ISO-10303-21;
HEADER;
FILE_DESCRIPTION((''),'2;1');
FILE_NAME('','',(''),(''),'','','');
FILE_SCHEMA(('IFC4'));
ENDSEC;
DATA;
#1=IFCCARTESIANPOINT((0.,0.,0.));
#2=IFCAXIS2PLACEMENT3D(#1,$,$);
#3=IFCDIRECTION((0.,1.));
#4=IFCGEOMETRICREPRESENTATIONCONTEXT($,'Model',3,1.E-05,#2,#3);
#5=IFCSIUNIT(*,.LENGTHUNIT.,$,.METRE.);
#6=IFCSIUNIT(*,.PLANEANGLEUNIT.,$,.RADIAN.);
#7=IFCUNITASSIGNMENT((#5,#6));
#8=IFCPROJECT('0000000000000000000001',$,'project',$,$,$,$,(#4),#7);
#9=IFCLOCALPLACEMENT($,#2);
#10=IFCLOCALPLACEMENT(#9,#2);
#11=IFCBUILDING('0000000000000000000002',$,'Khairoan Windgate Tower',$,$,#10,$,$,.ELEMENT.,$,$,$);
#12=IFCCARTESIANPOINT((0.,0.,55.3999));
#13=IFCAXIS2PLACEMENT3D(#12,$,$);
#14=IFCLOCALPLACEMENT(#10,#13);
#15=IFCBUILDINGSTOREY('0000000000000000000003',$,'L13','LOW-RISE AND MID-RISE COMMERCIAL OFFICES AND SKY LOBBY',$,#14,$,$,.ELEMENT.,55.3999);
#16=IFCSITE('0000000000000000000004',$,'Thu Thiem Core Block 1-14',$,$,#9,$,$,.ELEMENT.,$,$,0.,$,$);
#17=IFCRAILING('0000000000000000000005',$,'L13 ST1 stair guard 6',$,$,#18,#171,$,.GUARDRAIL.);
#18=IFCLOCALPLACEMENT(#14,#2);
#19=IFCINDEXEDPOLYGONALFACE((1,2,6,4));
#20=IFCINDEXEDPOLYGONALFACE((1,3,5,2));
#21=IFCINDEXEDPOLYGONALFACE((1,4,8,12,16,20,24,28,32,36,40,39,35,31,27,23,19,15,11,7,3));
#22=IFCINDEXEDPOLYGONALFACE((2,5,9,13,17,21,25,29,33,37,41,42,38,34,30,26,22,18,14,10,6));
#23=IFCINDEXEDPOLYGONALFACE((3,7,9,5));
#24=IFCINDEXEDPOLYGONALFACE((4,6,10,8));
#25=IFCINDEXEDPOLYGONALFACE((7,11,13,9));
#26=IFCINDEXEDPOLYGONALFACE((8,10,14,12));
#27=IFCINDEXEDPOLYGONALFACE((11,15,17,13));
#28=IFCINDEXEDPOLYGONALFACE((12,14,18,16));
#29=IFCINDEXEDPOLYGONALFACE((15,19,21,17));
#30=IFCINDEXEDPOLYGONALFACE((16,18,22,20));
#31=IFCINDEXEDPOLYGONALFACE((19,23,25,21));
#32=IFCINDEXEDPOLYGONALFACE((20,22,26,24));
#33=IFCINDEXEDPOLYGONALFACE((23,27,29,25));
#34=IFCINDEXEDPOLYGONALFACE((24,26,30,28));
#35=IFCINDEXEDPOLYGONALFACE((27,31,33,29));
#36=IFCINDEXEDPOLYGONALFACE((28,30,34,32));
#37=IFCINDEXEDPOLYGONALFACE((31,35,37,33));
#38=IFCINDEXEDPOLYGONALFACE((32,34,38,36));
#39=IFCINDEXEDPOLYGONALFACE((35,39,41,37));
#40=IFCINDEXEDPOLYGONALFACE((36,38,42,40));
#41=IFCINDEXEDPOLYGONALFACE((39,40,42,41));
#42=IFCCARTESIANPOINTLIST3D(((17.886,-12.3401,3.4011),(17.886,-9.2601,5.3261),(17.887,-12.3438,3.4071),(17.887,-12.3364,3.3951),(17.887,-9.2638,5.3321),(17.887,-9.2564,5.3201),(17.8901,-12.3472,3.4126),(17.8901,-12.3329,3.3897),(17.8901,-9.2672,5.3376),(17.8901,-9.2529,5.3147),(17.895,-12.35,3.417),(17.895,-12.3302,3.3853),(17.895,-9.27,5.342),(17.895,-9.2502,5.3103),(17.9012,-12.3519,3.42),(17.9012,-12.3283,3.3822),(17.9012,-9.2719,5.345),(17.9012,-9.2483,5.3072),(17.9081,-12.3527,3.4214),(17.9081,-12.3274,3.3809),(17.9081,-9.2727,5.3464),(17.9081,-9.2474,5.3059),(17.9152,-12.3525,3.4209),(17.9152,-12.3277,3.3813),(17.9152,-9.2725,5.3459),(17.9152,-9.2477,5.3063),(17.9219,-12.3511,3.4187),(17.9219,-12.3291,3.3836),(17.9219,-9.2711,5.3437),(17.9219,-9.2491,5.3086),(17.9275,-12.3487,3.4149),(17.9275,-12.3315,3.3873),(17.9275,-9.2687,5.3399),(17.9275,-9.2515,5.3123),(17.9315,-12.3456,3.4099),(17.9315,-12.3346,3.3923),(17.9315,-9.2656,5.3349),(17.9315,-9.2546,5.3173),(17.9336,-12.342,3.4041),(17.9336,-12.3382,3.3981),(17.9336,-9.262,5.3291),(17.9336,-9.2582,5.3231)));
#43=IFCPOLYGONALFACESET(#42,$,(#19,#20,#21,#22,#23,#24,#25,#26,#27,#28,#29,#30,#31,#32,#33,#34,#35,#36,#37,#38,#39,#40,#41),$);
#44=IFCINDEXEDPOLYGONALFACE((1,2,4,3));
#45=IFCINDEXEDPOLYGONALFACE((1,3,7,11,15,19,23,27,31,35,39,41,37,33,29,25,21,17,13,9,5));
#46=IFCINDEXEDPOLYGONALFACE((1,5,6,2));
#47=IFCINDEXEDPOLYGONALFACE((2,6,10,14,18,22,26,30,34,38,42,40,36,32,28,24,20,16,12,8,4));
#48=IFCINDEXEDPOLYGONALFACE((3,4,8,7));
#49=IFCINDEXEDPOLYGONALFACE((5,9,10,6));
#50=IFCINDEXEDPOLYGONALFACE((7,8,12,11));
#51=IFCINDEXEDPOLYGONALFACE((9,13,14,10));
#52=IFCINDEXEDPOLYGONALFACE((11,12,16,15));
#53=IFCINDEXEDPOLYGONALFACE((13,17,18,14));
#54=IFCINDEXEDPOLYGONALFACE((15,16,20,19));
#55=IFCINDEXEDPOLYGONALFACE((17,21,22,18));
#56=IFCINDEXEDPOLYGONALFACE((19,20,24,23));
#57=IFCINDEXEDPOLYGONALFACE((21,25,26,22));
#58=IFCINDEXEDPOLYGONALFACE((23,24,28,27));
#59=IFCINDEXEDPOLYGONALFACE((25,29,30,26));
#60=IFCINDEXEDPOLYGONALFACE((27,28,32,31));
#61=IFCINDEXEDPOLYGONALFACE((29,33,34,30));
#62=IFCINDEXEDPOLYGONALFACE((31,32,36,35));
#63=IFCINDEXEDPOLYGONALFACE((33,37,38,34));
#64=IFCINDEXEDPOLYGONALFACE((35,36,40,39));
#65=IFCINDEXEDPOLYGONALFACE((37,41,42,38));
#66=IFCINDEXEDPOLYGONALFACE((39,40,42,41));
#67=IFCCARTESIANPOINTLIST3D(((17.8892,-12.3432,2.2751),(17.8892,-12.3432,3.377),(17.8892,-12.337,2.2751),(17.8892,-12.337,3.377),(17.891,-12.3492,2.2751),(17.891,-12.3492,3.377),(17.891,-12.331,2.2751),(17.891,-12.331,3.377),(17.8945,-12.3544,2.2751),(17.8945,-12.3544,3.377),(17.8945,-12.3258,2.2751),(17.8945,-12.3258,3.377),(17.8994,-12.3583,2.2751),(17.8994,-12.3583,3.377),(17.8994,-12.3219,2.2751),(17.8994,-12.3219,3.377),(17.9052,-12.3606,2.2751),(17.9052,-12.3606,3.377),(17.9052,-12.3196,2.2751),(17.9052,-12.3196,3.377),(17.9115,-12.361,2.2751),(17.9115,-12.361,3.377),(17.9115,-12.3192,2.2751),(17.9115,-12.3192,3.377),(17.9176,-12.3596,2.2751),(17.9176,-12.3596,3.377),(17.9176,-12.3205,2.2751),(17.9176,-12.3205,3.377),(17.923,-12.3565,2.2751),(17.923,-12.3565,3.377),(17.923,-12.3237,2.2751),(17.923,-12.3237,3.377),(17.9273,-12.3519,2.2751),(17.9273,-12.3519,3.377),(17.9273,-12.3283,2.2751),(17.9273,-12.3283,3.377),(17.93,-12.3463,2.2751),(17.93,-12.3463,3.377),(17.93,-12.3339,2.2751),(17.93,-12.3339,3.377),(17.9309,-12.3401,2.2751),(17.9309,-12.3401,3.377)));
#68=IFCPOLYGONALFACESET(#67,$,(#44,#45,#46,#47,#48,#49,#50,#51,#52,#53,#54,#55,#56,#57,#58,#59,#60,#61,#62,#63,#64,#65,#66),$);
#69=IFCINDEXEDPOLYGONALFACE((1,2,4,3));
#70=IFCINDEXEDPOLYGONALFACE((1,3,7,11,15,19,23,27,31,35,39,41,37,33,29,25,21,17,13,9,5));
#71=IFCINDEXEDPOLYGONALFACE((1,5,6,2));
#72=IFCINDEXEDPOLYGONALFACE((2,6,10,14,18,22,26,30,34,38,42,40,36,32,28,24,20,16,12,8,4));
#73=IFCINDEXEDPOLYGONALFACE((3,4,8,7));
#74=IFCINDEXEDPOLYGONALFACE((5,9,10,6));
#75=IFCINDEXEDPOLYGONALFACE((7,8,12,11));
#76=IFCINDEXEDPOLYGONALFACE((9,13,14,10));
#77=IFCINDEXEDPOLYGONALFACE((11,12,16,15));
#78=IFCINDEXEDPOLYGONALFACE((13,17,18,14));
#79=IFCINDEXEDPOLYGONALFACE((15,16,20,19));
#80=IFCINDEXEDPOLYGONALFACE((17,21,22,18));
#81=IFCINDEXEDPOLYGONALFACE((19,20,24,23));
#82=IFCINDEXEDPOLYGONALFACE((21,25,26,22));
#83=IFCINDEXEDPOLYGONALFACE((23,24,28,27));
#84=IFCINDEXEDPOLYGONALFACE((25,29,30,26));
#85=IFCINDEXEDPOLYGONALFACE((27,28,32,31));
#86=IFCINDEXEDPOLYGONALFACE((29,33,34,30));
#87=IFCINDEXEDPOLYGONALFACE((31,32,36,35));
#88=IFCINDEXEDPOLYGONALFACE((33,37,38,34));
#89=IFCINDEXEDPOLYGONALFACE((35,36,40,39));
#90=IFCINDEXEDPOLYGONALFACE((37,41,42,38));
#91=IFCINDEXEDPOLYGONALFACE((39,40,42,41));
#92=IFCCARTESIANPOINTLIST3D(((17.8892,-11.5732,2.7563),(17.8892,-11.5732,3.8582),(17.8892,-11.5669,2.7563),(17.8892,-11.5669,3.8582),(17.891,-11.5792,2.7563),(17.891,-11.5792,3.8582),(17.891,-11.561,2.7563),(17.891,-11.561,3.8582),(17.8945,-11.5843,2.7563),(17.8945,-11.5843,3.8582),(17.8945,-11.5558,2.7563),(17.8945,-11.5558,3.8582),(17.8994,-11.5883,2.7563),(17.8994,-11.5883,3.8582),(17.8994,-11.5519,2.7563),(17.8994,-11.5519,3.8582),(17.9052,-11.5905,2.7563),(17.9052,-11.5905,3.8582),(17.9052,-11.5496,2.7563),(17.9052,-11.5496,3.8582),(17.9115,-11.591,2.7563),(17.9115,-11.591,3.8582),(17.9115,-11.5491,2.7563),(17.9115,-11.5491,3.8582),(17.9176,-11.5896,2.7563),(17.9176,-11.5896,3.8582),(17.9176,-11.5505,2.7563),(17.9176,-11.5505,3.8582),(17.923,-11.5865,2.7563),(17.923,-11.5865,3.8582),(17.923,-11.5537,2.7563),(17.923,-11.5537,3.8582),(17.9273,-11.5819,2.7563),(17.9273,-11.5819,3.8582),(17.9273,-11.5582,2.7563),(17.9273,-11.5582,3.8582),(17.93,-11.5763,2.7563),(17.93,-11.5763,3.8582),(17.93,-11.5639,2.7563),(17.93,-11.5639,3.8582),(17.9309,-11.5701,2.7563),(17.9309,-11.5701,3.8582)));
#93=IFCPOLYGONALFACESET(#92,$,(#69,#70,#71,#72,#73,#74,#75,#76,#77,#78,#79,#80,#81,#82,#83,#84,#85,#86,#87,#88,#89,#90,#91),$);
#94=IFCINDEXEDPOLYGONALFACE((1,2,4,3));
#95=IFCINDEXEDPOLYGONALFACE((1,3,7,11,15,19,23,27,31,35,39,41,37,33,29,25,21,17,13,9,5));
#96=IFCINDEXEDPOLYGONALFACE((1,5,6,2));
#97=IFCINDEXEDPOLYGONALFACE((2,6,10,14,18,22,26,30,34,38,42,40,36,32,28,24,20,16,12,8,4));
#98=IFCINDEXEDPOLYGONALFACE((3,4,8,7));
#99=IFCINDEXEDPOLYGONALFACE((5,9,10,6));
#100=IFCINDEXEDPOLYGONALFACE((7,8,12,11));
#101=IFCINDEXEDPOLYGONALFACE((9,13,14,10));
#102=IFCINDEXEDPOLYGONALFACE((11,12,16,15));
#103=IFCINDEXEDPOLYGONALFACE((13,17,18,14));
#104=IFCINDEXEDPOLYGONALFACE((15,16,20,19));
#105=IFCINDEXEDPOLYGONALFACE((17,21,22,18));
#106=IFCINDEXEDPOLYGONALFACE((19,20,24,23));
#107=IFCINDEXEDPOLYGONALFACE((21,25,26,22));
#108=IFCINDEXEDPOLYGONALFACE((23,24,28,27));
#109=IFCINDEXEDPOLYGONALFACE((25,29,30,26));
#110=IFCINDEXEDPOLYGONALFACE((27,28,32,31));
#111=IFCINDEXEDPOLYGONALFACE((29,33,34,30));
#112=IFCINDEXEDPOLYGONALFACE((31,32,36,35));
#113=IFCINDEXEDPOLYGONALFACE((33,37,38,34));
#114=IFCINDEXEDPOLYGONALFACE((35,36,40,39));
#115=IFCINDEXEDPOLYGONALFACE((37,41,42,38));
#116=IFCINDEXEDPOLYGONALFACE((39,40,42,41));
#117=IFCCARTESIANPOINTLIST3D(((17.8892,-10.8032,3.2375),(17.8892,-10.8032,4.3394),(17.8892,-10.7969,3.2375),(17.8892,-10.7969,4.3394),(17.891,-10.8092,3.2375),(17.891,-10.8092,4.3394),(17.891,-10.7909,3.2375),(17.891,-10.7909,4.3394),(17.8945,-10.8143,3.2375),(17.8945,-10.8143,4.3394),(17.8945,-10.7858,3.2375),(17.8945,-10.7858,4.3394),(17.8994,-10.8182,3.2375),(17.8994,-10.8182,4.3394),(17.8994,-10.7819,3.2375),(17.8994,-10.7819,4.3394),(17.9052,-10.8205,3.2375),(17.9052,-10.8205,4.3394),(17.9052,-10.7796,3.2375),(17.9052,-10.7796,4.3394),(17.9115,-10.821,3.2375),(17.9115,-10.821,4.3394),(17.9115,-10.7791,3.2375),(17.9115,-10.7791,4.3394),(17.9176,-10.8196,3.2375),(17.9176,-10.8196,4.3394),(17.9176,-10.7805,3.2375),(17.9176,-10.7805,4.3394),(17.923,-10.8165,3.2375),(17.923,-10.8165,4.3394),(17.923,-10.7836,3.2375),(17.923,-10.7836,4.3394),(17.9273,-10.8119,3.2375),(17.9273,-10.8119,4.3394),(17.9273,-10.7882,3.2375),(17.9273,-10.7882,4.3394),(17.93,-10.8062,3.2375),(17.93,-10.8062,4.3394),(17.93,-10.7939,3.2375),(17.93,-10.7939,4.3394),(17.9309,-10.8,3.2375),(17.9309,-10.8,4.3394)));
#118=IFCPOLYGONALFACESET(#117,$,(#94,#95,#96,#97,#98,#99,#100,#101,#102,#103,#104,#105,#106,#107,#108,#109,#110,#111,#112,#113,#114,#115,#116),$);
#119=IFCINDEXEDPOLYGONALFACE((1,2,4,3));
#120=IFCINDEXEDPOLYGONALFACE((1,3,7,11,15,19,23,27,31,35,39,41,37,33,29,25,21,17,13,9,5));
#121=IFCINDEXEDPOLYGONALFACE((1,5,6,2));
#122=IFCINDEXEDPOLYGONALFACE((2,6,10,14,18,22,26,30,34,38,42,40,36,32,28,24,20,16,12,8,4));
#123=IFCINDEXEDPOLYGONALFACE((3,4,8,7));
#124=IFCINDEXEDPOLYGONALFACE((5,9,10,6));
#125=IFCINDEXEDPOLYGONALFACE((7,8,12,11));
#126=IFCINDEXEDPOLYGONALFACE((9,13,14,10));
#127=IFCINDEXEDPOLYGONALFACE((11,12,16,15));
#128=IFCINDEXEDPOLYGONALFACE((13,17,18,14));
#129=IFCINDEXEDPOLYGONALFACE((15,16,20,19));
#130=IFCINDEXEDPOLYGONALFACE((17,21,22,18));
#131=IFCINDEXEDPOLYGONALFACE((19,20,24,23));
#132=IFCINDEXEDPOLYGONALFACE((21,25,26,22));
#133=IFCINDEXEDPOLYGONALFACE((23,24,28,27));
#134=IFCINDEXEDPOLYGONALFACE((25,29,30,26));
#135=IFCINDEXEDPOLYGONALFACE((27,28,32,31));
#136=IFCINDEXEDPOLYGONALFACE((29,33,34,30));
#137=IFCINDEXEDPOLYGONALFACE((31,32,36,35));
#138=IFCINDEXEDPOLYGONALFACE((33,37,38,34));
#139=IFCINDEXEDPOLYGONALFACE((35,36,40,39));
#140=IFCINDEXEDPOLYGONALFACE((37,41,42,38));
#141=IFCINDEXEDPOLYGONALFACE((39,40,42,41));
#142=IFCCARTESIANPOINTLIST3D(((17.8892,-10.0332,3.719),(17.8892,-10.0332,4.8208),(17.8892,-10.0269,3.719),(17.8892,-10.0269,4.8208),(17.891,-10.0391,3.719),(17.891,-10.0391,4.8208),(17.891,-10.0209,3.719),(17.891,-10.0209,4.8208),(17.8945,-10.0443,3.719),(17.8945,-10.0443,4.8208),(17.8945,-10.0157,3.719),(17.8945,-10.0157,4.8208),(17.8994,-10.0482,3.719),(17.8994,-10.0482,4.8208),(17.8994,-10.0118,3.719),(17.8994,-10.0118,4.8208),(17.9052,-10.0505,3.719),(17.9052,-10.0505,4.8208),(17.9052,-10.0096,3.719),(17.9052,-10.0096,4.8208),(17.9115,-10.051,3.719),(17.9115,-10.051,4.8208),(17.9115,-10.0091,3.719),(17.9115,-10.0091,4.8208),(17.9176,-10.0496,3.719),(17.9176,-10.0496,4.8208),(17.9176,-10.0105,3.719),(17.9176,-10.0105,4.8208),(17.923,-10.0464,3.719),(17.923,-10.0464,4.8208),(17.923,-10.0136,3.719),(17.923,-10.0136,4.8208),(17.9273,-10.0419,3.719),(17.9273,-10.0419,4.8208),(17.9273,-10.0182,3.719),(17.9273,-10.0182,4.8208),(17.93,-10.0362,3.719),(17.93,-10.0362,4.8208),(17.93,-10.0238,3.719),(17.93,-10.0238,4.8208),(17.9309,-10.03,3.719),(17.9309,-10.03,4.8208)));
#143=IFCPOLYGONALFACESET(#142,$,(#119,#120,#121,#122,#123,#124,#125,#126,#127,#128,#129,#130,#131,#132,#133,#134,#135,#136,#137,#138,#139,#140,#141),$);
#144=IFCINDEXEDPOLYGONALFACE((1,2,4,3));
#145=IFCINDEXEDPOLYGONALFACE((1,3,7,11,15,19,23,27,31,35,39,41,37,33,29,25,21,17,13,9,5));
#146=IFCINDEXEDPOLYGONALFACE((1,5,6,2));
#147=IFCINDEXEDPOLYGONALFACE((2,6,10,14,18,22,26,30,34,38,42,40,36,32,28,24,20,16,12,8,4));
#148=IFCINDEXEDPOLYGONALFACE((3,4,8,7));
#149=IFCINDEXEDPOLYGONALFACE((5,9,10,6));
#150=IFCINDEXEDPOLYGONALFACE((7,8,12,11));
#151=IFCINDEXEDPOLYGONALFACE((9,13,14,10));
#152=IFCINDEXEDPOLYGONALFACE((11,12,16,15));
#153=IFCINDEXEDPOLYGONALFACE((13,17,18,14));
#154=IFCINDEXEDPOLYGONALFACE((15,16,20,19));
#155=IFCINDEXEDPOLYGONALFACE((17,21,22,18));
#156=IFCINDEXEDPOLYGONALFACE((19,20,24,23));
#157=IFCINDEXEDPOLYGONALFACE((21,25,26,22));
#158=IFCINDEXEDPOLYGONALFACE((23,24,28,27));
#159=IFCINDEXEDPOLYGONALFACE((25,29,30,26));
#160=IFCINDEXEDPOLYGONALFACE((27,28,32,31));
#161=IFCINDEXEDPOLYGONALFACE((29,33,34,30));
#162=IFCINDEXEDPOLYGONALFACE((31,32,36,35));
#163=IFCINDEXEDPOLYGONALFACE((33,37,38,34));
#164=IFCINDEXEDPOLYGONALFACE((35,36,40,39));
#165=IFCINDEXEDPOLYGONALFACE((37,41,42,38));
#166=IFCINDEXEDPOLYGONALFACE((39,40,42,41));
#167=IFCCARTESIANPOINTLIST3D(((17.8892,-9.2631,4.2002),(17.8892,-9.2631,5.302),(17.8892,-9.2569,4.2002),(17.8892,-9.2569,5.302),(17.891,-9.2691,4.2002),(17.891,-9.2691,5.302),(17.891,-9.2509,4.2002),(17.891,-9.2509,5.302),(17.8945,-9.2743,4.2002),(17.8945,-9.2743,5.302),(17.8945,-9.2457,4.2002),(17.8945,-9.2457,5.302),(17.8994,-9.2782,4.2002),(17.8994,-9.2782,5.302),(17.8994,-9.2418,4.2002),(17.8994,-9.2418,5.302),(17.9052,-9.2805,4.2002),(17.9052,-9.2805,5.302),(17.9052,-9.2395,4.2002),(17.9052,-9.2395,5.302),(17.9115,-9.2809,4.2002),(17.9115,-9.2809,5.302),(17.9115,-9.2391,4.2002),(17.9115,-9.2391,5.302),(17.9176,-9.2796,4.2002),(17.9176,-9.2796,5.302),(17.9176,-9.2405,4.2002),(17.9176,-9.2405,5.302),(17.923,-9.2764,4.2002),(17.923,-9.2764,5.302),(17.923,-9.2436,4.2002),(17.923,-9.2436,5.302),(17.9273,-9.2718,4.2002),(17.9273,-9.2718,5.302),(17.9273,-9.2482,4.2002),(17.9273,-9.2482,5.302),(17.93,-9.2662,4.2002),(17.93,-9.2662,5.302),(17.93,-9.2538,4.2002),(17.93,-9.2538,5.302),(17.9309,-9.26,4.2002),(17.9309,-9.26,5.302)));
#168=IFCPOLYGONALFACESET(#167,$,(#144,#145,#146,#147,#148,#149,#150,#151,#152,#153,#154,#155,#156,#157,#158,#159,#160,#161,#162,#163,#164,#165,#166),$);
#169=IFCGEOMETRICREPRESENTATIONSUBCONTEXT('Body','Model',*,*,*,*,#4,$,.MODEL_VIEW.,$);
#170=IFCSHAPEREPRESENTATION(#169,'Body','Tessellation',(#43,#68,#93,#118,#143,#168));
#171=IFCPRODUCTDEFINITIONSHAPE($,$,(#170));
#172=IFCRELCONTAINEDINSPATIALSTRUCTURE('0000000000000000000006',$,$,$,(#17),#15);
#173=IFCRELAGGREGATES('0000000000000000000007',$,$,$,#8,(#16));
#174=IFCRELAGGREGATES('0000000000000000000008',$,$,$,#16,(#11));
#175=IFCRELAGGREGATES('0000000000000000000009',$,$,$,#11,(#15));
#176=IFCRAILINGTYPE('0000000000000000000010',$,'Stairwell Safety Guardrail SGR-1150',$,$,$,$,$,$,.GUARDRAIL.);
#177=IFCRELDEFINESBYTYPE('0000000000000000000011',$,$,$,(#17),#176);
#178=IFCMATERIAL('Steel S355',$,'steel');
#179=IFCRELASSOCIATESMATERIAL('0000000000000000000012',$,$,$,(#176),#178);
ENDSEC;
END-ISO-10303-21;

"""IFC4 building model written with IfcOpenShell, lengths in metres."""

from ifc_helpers import new_model, si_unit, direction, frame, origin, origin_2d, place, context, subcontext, project, spatial, circle, extrude, material, type_object, element, save


model = new_model("IFC4")

# Units and contexts
model_context = context("Model", 3, precision=1e-05, world=origin(), true_north=direction((0.0, 1.0)))
body_context = subcontext(model_context, "Body", "Model", "MODEL_VIEW")
ifc_project = project(units=[si_unit("LENGTHUNIT", "METRE"), si_unit("PLANEANGLEUNIT", "RADIAN")], contexts=[model_context])

# Site, building, storey
site_placement = place(None, origin())
site = spatial("IfcSite", under=ifc_project, at=site_placement, Name="Thu Thiem Core Block 1-14", CompositionType="ELEMENT", RefElevation=0.0)
building_placement = place(site_placement, origin())
building = spatial("IfcBuilding", under=site, at=building_placement, Name="Khairoan Windgate Tower", CompositionType="ELEMENT")
storey_placement = place(building_placement, frame((0.0, 0.0, 55.3999)))
storey = spatial("IfcBuildingStorey", under=building, at=storey_placement, Name="L13", Description="LOW-RISE AND MID-RISE COMMERCIAL OFFICES AND SKY LOBBY", CompositionType="ELEMENT", Elevation=55.3999)

# Railing
ifc_material_1 = material(Name="Steel S355", Category="steel")
railing_type = type_object("IfcRailingType", Name="Stairwell Safety Guardrail SGR-1150", PredefinedType="GUARDRAIL", material=ifc_material_1)
railing_1_placement = place(storey_placement, frame((17.9099, -12.3401, 2.2751)))
element("IfcRailing", 1, at=railing_1_placement, inside=storey, type_object=railing_type, Name="L13 ST1 stair guard 6", PredefinedType="GUARDRAIL", context=body_context, shape_type="SweptSolid", body=[
    extrude(circle(Radius=0.0239, at=origin_2d()), frame((0.0, 0.0, 1.126), z_axis=(0.0, 0.847998, 0.529999), x_axis=(-1.0, 0.0, 0.0)), (0.0, 0.0, 1.0), 3.6321),
    extrude(circle(Radius=0.021, at=origin_2d()), origin(), (0.0, 0.0, 1.0), 1.1018),
    extrude(circle(Radius=0.021, at=origin_2d()), frame((0.0, 0.77, 0.4812)), (0.0, 0.0, 1.0), 1.1018),
    extrude(circle(Radius=0.021, at=origin_2d()), frame((0.0, 1.54, 0.9624)), (0.0, 0.0, 1.0), 1.1018),
    extrude(circle(Radius=0.021, at=origin_2d()), frame((0.0, 2.3101, 1.4438)), (0.0, 0.0, 1.0), 1.1018),
    extrude(circle(Radius=0.021, at=origin_2d()), frame((0.0, 3.0801, 1.925)), (0.0, 0.0, 1.0), 1.1018),
])

save(model, "model.ifc")
